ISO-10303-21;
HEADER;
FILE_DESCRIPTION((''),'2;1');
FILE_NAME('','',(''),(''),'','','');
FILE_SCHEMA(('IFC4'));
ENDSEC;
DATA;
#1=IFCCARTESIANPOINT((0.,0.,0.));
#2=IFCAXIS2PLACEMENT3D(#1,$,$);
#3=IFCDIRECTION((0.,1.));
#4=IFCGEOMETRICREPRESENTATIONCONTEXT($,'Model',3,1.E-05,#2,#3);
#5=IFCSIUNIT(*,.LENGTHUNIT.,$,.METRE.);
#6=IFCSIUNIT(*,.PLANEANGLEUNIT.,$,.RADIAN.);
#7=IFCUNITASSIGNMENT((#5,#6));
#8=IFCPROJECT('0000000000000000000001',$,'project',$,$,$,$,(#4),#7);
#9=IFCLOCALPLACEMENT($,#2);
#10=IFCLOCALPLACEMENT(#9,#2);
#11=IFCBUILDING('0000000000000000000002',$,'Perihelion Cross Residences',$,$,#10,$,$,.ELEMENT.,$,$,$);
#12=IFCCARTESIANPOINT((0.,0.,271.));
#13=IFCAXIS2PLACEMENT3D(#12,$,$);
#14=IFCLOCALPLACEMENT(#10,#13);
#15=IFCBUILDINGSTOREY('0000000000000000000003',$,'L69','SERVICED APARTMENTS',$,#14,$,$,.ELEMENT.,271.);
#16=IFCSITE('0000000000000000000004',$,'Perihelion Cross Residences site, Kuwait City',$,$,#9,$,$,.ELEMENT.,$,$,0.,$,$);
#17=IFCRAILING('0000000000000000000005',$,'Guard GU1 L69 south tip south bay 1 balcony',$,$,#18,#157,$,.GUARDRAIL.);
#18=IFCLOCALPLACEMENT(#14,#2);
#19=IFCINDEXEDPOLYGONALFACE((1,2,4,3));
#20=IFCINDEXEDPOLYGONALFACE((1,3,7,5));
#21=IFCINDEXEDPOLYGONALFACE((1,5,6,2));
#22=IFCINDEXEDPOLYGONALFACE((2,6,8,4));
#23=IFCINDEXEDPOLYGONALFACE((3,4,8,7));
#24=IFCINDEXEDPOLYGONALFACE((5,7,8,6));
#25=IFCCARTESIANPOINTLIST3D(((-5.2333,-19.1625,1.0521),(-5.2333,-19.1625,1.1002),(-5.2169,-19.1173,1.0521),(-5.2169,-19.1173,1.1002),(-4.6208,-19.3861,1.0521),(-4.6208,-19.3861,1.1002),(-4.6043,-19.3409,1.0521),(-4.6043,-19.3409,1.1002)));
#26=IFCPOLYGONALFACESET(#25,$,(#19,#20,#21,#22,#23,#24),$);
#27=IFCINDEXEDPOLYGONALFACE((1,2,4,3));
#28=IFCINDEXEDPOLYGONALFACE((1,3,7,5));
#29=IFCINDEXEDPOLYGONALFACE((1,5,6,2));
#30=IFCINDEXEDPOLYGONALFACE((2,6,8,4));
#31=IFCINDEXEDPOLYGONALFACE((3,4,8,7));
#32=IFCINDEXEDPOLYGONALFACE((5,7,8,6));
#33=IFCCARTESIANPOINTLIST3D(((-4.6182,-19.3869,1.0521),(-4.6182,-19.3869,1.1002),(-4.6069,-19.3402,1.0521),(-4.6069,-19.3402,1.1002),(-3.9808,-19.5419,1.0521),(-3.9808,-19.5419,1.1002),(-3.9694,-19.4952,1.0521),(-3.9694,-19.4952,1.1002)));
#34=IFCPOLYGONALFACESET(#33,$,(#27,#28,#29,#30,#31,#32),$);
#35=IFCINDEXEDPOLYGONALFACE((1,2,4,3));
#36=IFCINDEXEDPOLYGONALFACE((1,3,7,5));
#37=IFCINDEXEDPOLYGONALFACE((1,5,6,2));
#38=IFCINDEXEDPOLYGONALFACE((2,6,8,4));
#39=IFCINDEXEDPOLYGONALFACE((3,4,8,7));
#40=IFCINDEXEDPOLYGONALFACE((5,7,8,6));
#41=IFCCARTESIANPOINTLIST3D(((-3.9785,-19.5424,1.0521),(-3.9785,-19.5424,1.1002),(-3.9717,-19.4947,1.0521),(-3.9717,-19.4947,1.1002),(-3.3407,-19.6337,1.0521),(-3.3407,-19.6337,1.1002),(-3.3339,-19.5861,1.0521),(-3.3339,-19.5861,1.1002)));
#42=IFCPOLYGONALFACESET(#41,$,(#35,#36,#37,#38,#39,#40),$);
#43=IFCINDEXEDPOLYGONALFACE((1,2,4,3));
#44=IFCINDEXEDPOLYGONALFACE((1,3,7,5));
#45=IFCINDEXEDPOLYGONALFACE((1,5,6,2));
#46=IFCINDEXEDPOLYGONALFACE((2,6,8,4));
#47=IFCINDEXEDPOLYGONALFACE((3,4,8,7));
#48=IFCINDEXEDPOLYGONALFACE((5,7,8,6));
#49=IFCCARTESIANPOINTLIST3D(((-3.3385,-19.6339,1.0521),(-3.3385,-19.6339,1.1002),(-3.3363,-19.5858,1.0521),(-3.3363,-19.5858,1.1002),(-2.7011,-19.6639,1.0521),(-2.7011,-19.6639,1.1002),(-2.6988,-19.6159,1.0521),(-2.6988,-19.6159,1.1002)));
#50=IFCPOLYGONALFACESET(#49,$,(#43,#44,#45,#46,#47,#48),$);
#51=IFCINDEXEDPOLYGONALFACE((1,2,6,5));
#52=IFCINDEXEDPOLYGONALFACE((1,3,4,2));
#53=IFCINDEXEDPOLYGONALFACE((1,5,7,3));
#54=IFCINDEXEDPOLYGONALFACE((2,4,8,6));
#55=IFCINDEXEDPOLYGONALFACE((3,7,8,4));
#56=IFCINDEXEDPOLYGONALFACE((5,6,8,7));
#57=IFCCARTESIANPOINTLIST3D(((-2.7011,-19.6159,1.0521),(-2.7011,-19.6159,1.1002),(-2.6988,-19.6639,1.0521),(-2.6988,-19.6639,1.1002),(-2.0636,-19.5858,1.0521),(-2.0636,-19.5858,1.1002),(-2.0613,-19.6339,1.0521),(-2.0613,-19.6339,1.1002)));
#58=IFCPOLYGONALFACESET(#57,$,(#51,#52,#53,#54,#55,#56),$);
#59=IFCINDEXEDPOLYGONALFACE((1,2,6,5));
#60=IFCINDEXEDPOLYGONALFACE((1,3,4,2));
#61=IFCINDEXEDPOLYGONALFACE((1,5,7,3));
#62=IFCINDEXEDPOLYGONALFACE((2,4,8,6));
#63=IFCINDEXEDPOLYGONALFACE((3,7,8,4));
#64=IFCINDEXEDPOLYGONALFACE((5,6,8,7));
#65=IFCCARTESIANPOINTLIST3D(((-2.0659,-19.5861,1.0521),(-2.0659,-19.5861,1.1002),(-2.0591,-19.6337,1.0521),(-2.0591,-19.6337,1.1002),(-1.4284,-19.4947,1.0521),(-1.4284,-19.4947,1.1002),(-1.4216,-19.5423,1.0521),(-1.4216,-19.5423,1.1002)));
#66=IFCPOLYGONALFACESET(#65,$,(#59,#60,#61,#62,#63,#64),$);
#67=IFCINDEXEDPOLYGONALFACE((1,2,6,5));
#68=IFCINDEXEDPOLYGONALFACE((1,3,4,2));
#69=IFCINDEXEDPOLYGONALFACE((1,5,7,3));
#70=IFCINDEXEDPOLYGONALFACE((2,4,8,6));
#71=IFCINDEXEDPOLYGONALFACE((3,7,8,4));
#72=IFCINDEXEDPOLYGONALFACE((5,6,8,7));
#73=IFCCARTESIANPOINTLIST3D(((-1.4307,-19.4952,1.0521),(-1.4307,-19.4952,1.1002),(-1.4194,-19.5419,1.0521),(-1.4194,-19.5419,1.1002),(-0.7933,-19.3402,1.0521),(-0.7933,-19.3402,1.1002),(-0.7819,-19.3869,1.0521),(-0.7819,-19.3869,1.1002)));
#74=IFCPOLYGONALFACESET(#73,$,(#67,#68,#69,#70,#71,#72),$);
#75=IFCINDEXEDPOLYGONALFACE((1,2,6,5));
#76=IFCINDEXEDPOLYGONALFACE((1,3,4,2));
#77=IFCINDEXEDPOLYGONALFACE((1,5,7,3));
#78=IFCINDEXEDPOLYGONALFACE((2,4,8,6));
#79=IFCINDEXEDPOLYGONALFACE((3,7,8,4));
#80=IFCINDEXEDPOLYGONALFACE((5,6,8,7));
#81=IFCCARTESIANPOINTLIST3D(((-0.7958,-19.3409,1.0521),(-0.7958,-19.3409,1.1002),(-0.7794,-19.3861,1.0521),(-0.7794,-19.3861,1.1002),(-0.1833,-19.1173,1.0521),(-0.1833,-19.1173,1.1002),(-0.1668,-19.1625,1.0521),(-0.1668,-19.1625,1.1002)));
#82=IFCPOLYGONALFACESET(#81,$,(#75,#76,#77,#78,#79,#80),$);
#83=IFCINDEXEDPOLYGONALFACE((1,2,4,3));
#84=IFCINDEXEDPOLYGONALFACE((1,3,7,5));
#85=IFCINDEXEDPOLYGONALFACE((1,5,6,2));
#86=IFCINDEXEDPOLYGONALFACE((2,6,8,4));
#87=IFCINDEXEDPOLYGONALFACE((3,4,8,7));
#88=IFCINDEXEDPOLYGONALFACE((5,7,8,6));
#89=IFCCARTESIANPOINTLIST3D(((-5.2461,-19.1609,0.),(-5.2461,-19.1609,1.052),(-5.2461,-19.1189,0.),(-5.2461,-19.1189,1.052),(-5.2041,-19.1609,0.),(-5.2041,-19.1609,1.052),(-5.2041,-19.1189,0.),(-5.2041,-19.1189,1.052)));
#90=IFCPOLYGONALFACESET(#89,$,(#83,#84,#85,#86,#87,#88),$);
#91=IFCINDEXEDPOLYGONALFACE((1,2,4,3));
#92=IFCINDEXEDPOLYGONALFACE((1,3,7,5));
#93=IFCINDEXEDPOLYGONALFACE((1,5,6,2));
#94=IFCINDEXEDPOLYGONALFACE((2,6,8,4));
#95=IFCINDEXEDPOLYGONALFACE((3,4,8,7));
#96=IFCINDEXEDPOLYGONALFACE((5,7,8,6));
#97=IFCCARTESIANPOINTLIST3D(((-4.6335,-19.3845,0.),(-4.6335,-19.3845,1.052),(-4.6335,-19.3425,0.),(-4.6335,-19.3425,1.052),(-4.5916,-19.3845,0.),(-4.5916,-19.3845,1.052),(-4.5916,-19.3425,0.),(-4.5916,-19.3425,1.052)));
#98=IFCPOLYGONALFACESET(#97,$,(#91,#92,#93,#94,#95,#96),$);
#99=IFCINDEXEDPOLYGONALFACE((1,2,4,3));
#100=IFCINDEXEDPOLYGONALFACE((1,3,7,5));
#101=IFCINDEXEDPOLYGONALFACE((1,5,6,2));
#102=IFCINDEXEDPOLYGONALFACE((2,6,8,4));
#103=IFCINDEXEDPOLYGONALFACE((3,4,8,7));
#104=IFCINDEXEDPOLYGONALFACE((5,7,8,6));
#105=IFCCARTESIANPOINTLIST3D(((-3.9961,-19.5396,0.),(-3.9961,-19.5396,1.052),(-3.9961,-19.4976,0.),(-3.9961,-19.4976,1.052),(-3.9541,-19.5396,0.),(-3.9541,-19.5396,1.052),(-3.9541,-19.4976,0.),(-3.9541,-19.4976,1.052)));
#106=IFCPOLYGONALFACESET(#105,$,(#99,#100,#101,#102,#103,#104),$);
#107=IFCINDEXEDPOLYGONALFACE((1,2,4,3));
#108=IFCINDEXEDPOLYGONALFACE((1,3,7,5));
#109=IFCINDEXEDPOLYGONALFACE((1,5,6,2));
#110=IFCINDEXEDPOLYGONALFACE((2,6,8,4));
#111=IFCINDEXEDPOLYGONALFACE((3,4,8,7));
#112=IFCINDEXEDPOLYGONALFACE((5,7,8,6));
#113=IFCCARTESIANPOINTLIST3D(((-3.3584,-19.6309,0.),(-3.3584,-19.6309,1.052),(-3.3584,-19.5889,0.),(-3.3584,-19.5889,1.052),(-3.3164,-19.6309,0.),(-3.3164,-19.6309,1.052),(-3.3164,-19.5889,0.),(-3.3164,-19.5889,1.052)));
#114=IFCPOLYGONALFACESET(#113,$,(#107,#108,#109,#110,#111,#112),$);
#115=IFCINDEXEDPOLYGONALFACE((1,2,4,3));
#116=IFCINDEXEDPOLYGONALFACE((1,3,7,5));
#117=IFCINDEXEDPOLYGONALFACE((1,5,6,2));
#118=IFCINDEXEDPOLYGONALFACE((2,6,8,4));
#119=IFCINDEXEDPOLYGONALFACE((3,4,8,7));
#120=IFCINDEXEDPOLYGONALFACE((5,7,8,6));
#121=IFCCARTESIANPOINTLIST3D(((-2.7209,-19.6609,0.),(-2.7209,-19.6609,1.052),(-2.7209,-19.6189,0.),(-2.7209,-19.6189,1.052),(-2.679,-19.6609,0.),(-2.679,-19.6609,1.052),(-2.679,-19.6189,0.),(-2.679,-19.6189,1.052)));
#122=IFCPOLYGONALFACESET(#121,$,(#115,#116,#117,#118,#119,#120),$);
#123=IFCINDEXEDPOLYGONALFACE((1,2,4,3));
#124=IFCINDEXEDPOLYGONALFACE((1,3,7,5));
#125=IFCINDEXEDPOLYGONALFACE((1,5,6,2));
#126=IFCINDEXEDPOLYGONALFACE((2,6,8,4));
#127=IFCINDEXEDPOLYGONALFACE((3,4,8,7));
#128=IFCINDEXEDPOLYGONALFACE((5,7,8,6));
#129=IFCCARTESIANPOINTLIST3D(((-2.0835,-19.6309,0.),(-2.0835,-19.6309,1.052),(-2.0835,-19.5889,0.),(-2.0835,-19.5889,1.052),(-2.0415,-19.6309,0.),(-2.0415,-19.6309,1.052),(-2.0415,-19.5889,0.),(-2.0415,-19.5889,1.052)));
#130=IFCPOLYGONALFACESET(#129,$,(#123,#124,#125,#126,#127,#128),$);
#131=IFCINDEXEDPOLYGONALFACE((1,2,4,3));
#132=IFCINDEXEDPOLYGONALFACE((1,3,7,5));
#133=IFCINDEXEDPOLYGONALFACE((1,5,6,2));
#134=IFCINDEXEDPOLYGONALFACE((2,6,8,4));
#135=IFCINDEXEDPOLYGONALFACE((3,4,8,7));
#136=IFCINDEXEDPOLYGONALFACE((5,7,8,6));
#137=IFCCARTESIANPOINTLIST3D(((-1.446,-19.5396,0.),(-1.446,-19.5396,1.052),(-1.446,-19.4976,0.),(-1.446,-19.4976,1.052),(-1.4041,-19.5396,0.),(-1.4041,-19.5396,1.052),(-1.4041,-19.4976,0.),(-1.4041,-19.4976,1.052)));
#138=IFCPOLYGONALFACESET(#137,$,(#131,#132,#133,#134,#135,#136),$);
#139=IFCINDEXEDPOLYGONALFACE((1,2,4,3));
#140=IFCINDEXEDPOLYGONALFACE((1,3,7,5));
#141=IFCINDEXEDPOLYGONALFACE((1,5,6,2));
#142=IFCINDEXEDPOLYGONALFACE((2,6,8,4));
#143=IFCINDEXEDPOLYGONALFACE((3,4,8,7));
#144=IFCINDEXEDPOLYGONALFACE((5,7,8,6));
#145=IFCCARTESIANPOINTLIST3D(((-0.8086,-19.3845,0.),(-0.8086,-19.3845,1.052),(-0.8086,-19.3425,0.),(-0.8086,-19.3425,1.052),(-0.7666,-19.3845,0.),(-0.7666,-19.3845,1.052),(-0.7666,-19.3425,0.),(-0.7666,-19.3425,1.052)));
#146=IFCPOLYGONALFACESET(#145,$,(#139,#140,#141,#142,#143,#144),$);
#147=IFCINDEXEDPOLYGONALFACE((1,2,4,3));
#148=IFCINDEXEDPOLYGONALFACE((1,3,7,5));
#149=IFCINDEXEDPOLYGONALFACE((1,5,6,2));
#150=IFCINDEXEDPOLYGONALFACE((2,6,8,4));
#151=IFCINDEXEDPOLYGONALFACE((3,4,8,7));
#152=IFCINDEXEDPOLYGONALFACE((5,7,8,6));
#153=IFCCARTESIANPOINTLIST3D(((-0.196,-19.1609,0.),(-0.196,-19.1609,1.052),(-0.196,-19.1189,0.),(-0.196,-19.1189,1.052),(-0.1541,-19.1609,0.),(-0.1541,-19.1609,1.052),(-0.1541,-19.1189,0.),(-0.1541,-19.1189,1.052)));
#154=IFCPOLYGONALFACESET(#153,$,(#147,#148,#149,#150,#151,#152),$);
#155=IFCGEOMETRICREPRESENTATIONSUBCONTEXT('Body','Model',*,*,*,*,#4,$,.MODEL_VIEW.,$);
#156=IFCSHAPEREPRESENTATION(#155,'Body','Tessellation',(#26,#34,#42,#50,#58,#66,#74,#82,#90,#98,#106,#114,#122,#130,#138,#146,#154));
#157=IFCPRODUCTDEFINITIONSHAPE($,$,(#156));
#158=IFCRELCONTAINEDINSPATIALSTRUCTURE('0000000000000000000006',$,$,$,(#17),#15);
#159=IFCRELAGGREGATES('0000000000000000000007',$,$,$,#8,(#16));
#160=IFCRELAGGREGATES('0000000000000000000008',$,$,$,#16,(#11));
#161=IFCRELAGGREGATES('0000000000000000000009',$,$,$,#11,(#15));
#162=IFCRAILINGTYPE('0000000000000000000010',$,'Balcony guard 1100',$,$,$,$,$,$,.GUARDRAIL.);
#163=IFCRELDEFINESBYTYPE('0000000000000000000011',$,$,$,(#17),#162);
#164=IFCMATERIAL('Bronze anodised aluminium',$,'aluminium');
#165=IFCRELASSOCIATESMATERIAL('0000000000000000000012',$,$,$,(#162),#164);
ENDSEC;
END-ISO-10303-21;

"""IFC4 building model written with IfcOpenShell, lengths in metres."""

from ifc_helpers import new_model, si_unit, direction, frame, origin, origin_2d, place, context, subcontext, project, spatial, rectangle, extrude, material, type_object, element, save


model = new_model("IFC4")

# Units and contexts
model_context = context("Model", 3, precision=1e-05, world=origin(), true_north=direction((0.0, 1.0)))
body_context = subcontext(model_context, "Body", "Model", "MODEL_VIEW")
ifc_project = project(units=[si_unit("LENGTHUNIT", "METRE"), si_unit("PLANEANGLEUNIT", "RADIAN")], contexts=[model_context])

# Site, building, storey
site_placement = place(None, origin())
site = spatial("IfcSite", under=ifc_project, at=site_placement, Name="Perihelion Cross Residences site, Kuwait City", CompositionType="ELEMENT", RefElevation=0.0)
building_placement = place(site_placement, origin())
building = spatial("IfcBuilding", under=site, at=building_placement, Name="Perihelion Cross Residences", CompositionType="ELEMENT")
storey_placement = place(building_placement, frame((0.0, 0.0, 271.0)))
storey = spatial("IfcBuildingStorey", under=building, at=storey_placement, Name="L69", Description="SERVICED APARTMENTS", CompositionType="ELEMENT", Elevation=271.0)

# Railing
ifc_material_1 = material(Name="Bronze anodised aluminium", Category="aluminium")
railing_type = type_object("IfcRailingType", Name="Balcony guard 1100", PredefinedType="GUARDRAIL", material=ifc_material_1)
railing_1_placement = place(storey_placement, frame((-5.2251, -19.1399, 0.0)))
element("IfcRailing", 1, at=railing_1_placement, inside=storey, type_object=railing_type, Name="Guard GU1 L69 south tip south bay 1 balcony", PredefinedType="GUARDRAIL", context=body_context, shape_type="SweptSolid", body=[
    extrude(rectangle(XDim=0.0481, YDim=0.0481, at=origin_2d()), frame((0.0, 0.0, 1.0762), z_axis=(0.939355, -0.342945, 0.0), x_axis=(0.342945, 0.939355, 0.0)), (0.0, 0.0, 1.0), 0.6521),
    extrude(rectangle(XDim=0.0481, YDim=0.0481, at=origin_2d()), frame((0.6125, -0.2236, 1.0762), z_axis=(0.971677, -0.236314, 0.0), x_axis=(0.236314, 0.971677, 0.0)), (0.0, 0.0, 1.0), 0.656),
    extrude(rectangle(XDim=0.0481, YDim=0.0481, at=origin_2d()), frame((1.25, -0.3787, 1.0762), z_axis=(0.989904, -0.14174, 0.0), x_axis=(0.14174, 0.989904, 0.0)), (0.0, 0.0, 1.0), 0.6443),
    extrude(rectangle(XDim=0.0481, YDim=0.0481, at=origin_2d()), frame((1.8877, -0.47, 1.0762), z_axis=(0.998892, -0.047056, 0.0), x_axis=(0.047056, 0.998892, 0.0)), (0.0, 0.0, 1.0), 0.6382),
    extrude(rectangle(XDim=0.0481, YDim=0.0481, at=origin_2d()), frame((2.5251, -0.5, 1.0762), z_axis=(0.998892, 0.047056, 0.0), x_axis=(-0.047056, 0.998892, 0.0)), (0.0, 0.0, 1.0), 0.6382),
    extrude(rectangle(XDim=0.0481, YDim=0.0481, at=origin_2d()), frame((3.1626, -0.47, 1.0762), z_axis=(0.989896, 0.141793, 0.0), x_axis=(-0.141793, 0.989896, 0.0)), (0.0, 0.0, 1.0), 0.644),
    extrude(rectangle(XDim=0.0481, YDim=0.0481, at=origin_2d()), frame((3.8, -0.3787, 1.0762), z_axis=(0.971677, 0.236314, 0.0), x_axis=(-0.236314, 0.971677, 0.0)), (0.0, 0.0, 1.0), 0.656),
    extrude(rectangle(XDim=0.0481, YDim=0.0481, at=origin_2d()), frame((4.4375, -0.2236, 1.0762), z_axis=(0.939355, 0.342945, 0.0), x_axis=(-0.342945, 0.939355, 0.0)), (0.0, 0.0, 1.0), 0.6521),
    extrude(rectangle(XDim=0.042, YDim=0.042, at=origin_2d()), origin(), (0.0, 0.0, 1.0), 1.052),
    extrude(rectangle(XDim=0.042, YDim=0.042, at=origin_2d()), frame((0.6125, -0.2236, 0.0)), (0.0, 0.0, 1.0), 1.052),
    extrude(rectangle(XDim=0.042, YDim=0.042, at=origin_2d()), frame((1.25, -0.3787, 0.0)), (0.0, 0.0, 1.0), 1.052),
    extrude(rectangle(XDim=0.042, YDim=0.042, at=origin_2d()), frame((1.8877, -0.47, 0.0)), (0.0, 0.0, 1.0), 1.052),
    extrude(rectangle(XDim=0.042, YDim=0.042, at=origin_2d()), frame((2.5251, -0.5, 0.0)), (0.0, 0.0, 1.0), 1.052),
    extrude(rectangle(XDim=0.042, YDim=0.042, at=origin_2d()), frame((3.1626, -0.47, 0.0)), (0.0, 0.0, 1.0), 1.052),
    extrude(rectangle(XDim=0.042, YDim=0.042, at=origin_2d()), frame((3.8, -0.3787, 0.0)), (0.0, 0.0, 1.0), 1.052),
    extrude(rectangle(XDim=0.042, YDim=0.042, at=origin_2d()), frame((4.4375, -0.2236, 0.0)), (0.0, 0.0, 1.0), 1.052),
    extrude(rectangle(XDim=0.042, YDim=0.042, at=origin_2d()), frame((5.05, 0.0, 0.0)), (0.0, 0.0, 1.0), 1.052),
])

save(model, "model.ifc")
